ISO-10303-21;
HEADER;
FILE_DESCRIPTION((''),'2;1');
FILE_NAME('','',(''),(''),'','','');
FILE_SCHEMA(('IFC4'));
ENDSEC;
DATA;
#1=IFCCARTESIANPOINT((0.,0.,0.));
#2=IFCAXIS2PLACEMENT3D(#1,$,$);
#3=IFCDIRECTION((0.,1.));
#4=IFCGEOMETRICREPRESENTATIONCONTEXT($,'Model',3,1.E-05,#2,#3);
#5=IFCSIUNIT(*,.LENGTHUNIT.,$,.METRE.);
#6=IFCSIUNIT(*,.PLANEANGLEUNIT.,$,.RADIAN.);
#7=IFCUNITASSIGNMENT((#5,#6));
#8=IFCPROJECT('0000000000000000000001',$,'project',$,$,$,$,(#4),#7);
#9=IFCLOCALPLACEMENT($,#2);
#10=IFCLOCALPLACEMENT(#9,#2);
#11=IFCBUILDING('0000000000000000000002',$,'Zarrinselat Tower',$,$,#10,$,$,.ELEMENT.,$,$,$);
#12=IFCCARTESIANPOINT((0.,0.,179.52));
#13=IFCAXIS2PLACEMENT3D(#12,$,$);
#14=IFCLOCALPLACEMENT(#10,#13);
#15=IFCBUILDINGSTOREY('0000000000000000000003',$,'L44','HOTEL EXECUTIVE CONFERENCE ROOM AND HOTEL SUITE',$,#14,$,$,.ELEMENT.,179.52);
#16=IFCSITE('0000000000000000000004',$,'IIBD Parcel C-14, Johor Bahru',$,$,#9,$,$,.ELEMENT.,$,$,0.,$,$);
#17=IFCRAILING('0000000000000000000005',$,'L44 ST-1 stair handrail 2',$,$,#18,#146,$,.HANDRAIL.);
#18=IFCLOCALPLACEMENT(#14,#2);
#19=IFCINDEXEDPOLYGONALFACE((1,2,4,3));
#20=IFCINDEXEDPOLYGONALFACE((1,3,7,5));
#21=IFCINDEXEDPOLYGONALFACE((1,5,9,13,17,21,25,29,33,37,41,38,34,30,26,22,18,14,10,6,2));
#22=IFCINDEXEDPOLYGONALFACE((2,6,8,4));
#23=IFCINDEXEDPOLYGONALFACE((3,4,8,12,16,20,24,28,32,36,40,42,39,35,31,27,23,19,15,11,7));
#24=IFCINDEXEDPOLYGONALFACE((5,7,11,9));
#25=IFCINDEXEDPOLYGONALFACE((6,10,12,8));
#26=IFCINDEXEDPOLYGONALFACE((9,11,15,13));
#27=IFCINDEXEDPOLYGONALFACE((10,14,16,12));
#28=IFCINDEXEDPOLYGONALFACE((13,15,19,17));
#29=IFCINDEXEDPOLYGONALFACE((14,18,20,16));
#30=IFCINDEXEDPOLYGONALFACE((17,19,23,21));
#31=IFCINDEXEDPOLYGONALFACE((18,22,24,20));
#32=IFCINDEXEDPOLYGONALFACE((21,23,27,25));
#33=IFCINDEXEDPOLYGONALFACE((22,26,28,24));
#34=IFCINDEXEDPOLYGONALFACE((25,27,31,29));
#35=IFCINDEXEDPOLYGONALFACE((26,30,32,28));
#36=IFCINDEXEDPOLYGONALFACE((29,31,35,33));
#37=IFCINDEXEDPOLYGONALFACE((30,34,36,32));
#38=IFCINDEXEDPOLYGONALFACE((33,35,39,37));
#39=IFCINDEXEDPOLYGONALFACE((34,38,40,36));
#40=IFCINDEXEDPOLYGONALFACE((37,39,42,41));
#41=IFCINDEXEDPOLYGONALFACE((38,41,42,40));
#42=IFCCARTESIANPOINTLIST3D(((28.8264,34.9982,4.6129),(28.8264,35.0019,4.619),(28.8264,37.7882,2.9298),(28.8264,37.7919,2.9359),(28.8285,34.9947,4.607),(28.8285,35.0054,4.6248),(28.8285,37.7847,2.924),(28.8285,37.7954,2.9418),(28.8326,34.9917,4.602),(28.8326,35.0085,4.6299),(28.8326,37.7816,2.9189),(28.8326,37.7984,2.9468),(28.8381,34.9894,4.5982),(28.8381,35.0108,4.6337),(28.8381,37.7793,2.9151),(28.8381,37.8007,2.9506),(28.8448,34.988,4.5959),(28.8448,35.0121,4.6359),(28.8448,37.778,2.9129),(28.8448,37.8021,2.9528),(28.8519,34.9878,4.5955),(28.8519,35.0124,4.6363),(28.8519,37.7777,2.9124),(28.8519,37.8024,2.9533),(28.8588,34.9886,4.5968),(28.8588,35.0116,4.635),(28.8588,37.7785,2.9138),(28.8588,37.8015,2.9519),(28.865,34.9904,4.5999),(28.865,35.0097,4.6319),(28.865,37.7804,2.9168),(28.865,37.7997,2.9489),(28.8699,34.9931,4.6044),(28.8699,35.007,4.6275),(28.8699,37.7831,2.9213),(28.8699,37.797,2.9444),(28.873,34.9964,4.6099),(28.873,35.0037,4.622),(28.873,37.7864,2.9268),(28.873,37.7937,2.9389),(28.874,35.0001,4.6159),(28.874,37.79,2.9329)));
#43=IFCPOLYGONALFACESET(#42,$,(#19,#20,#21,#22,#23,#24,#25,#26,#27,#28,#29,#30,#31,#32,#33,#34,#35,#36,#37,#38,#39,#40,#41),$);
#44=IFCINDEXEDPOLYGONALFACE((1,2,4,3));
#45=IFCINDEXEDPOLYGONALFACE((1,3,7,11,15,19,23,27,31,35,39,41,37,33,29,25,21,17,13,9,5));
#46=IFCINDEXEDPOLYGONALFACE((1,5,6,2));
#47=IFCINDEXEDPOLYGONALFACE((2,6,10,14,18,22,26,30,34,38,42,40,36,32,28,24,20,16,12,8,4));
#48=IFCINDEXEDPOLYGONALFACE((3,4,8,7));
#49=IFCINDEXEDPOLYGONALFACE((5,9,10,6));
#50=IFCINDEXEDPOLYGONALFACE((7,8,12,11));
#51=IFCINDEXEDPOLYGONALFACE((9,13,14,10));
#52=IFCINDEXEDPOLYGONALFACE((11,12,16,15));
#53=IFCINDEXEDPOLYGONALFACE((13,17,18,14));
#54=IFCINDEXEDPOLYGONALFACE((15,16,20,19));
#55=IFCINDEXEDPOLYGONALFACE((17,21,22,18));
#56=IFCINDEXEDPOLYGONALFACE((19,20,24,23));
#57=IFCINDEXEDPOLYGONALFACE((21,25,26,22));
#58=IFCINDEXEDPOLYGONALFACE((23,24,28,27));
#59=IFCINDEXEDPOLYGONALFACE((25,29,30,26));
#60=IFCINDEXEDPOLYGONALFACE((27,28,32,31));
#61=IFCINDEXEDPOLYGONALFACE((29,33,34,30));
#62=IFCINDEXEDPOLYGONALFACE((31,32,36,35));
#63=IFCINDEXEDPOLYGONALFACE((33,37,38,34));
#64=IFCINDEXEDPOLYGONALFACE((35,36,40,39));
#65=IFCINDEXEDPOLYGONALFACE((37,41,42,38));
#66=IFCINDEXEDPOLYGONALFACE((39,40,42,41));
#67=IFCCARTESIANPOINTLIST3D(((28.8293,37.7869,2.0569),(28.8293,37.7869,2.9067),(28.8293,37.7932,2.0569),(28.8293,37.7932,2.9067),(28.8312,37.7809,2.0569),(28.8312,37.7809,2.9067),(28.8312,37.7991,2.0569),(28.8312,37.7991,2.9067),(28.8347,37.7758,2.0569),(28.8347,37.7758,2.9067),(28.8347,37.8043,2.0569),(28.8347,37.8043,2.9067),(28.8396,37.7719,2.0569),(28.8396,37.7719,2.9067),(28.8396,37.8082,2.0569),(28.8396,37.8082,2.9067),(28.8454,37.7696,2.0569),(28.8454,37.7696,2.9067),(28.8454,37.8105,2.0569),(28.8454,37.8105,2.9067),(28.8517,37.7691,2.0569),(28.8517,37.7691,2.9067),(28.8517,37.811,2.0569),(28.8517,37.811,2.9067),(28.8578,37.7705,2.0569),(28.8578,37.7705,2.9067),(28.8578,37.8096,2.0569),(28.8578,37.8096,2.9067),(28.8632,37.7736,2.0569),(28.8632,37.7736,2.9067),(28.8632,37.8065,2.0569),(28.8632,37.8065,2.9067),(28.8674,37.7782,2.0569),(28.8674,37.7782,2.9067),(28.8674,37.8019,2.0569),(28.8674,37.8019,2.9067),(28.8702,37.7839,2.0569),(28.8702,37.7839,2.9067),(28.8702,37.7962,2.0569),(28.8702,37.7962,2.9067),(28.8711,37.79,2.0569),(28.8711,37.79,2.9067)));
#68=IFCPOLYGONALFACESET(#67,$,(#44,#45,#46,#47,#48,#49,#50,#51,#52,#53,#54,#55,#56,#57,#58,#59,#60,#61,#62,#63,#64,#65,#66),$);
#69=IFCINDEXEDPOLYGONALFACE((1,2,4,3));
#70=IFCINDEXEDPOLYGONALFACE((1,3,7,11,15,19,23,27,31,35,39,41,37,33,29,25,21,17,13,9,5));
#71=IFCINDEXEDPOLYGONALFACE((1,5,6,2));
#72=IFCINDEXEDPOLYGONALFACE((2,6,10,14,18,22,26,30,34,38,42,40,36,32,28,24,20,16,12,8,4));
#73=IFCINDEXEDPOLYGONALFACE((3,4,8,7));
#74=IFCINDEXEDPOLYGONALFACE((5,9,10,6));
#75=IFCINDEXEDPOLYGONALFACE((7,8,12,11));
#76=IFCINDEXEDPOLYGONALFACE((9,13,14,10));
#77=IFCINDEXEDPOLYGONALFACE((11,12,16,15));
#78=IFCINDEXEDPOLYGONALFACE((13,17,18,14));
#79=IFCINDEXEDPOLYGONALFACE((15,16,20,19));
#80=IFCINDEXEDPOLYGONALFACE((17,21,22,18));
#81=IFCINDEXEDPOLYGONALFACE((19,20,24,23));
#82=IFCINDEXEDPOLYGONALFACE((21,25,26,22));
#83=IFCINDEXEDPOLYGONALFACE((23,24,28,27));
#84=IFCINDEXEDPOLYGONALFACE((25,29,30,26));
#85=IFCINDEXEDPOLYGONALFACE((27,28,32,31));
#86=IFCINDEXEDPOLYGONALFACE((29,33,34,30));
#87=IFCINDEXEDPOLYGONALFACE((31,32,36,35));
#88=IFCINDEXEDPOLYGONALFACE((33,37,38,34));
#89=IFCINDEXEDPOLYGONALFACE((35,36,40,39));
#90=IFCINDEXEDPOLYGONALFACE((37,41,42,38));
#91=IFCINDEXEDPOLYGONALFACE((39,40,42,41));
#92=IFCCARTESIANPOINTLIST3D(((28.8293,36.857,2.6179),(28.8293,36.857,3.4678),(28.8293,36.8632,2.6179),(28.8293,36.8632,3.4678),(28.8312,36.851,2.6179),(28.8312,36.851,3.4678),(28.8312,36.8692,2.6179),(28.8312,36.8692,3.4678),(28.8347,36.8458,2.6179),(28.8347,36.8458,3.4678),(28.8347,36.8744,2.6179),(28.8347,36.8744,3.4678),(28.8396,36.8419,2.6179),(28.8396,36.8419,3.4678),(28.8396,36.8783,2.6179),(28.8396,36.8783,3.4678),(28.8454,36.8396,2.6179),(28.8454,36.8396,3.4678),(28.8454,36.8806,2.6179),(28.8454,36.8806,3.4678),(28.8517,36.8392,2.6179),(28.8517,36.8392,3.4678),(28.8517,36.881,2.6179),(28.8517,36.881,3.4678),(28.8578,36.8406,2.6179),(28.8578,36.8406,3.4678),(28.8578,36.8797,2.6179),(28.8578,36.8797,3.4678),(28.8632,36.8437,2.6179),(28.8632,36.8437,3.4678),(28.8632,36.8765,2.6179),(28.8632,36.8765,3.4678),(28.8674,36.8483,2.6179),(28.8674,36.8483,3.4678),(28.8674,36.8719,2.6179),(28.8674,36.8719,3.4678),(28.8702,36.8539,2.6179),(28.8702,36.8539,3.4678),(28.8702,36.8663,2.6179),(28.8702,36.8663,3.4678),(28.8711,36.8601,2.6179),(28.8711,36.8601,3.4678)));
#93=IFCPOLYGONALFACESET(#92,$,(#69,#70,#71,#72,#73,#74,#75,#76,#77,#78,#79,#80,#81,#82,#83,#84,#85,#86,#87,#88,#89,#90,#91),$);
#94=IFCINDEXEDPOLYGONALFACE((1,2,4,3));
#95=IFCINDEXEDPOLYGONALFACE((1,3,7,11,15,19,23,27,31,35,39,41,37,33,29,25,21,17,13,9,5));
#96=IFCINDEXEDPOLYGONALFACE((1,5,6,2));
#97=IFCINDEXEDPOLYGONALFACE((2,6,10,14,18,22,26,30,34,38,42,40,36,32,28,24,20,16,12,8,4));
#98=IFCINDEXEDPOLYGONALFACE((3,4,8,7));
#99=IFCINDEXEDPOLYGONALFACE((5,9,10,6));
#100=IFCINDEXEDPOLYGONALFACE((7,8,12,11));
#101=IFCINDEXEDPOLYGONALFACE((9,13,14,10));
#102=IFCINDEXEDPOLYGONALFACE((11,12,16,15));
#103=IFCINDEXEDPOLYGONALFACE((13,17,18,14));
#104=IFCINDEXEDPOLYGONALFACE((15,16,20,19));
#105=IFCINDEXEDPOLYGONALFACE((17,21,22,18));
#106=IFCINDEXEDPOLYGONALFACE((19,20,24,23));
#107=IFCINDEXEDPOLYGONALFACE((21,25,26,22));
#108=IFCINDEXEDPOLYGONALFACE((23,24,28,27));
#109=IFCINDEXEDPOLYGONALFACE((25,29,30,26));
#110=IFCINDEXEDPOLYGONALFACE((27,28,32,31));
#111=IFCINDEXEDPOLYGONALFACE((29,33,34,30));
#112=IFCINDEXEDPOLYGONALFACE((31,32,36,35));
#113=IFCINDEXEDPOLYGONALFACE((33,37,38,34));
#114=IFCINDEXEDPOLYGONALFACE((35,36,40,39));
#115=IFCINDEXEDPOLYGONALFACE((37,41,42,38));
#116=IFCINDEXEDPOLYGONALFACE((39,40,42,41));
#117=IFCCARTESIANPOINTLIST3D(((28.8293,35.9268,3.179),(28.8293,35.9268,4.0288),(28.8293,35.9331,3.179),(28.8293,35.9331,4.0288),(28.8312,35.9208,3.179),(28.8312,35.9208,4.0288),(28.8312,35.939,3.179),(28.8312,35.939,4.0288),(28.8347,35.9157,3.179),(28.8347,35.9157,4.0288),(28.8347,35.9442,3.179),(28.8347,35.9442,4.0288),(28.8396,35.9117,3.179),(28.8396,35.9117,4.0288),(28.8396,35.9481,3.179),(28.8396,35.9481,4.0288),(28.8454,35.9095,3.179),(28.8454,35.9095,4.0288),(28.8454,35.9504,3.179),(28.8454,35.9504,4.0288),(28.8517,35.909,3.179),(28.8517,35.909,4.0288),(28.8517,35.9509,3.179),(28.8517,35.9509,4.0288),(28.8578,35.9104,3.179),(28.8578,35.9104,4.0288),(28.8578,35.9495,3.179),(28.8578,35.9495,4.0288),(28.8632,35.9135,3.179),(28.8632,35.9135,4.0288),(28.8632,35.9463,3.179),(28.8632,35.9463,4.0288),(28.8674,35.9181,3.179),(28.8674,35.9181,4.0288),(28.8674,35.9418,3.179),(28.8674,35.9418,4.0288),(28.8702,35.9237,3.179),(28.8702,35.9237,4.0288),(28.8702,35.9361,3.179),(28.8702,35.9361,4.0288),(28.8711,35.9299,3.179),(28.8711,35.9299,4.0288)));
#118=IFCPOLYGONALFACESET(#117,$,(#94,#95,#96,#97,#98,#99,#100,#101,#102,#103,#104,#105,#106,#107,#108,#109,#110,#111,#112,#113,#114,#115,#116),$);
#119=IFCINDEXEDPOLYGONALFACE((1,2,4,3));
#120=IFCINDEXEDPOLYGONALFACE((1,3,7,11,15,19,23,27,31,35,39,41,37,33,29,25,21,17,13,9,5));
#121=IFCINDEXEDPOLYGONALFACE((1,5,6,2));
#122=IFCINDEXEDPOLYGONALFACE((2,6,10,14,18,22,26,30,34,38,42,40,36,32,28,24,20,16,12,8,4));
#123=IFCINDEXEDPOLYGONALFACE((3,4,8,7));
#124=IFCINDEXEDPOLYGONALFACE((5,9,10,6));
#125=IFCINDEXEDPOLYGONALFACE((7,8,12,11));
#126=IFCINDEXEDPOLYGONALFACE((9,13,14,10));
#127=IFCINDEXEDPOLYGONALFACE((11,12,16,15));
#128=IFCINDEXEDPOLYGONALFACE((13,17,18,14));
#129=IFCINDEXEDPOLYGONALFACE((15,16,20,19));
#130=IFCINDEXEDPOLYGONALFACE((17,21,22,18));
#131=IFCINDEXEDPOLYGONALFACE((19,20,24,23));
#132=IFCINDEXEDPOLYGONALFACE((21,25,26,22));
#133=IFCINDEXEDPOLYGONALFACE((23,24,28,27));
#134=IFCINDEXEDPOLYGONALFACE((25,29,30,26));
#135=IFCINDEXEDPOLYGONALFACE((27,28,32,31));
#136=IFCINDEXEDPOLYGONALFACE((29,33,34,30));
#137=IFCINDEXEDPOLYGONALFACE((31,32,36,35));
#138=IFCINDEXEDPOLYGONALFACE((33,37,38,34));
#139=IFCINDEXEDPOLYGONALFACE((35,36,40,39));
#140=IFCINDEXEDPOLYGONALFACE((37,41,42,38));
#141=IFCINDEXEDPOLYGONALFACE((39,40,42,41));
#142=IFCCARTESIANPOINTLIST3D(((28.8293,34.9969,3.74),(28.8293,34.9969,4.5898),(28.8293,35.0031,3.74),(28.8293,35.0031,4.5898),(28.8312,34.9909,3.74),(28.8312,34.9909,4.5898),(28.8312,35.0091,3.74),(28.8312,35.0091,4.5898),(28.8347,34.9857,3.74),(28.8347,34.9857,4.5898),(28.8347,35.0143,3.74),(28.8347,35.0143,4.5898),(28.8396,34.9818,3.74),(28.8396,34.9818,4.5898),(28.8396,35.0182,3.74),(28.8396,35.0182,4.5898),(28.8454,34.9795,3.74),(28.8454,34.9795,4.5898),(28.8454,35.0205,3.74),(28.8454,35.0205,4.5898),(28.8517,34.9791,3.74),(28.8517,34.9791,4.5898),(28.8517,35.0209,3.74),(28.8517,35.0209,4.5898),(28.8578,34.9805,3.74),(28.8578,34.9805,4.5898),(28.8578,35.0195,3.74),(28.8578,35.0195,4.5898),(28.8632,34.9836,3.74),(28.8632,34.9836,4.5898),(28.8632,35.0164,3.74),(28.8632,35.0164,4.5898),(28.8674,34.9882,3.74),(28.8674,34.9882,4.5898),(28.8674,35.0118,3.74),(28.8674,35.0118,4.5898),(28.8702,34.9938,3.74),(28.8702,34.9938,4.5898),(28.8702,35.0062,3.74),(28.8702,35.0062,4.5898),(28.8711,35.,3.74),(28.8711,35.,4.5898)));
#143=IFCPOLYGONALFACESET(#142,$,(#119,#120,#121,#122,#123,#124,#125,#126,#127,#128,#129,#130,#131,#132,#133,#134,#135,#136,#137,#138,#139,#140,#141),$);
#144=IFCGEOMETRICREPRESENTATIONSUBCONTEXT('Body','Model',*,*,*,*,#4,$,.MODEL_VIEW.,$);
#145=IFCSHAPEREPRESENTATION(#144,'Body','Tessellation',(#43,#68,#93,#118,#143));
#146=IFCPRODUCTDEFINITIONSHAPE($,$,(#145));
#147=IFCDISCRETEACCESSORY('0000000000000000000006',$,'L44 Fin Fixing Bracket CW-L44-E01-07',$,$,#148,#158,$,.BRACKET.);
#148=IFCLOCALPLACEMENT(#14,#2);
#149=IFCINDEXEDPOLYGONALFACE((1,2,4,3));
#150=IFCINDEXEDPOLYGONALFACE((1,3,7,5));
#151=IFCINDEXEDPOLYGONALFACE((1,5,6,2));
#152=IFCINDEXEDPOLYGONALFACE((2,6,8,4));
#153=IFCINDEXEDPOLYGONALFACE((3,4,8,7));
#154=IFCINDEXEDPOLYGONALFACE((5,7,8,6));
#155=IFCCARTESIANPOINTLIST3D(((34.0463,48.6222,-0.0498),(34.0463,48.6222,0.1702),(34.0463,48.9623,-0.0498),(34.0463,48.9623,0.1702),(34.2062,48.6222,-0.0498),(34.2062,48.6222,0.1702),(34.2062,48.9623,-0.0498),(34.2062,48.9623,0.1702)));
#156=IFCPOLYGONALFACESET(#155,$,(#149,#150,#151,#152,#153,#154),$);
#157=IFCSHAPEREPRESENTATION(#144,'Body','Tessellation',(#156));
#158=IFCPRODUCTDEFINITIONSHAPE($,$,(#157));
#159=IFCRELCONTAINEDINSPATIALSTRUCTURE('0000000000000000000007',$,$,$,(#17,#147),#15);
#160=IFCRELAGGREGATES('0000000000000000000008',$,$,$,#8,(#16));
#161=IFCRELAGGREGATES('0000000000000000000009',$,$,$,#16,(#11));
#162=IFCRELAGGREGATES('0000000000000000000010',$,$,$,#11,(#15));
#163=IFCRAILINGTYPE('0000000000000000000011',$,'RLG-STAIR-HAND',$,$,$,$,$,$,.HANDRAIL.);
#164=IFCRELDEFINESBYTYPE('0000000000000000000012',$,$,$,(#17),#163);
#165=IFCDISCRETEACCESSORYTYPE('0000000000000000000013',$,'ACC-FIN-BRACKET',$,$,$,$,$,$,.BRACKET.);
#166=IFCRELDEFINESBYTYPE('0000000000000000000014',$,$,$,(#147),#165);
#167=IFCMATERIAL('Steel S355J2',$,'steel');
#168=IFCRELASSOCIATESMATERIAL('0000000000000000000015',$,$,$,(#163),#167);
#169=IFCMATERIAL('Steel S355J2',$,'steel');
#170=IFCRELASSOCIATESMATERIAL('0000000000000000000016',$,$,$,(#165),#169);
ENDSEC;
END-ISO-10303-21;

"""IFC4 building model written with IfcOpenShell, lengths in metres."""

from ifc_helpers import new_model, si_unit, direction, frame, origin, origin_2d, place, context, subcontext, project, spatial, rectangle, circle, extrude, material, type_object, element, save


model = new_model("IFC4")

# Units and contexts
model_context = context("Model", 3, precision=1e-05, world=origin(), true_north=direction((0.0, 1.0)))
body_context = subcontext(model_context, "Body", "Model", "MODEL_VIEW")
ifc_project = project(units=[si_unit("LENGTHUNIT", "METRE"), si_unit("PLANEANGLEUNIT", "RADIAN")], contexts=[model_context])

# Site, building, storey
site_placement = place(None, origin())
site = spatial("IfcSite", under=ifc_project, at=site_placement, Name="IIBD Parcel C-14, Johor Bahru", CompositionType="ELEMENT", RefElevation=0.0)
building_placement = place(site_placement, origin())
building = spatial("IfcBuilding", under=site, at=building_placement, Name="Zarrinselat Tower", CompositionType="ELEMENT")
storey_placement = place(building_placement, frame((0.0, 0.0, 179.52)))
storey = spatial("IfcBuildingStorey", under=building, at=storey_placement, Name="L44", Description="HOTEL EXECUTIVE CONFERENCE ROOM AND HOTEL SUITE", CompositionType="ELEMENT", Elevation=179.52)

# Railing
ifc_material_1 = material(Name="Steel S355J2", Category="steel")
railing_type_1 = type_object("IfcRailingType", Name="RLG-STAIR-HAND", PredefinedType="HANDRAIL", material=ifc_material_1)
railing_1_placement = place(storey_placement, frame((28.8501, 37.79, 2.0569)))
element("IfcRailing", 1, at=railing_1_placement, inside=storey, type_object=railing_type_1, Name="L44 ST-1 stair handrail 2", PredefinedType="HANDRAIL", context=body_context, shape_type="SweptSolid", body=[
    extrude(circle(Radius=0.0239, at=origin_2d()), frame((0.0, 0.0, 0.876), z_axis=(0.0, -0.856261, 0.516544), x_axis=(1.0, 0.0, 0.0)), (0.0, 0.0, 1.0), 3.2583),
    extrude(circle(Radius=0.021, at=origin_2d()), origin(), (0.0, 0.0, 1.0), 0.8499),
    extrude(circle(Radius=0.021, at=origin_2d()), frame((0.0, -0.9299, 0.561)), (0.0, 0.0, 1.0), 0.8499),
    extrude(circle(Radius=0.021, at=origin_2d()), frame((0.0, -1.8601, 1.1221)), (0.0, 0.0, 1.0), 0.8499),
    extrude(circle(Radius=0.021, at=origin_2d()), frame((0.0, -2.79, 1.6831)), (0.0, 0.0, 1.0), 0.8499),
])

# Discrete accessory
ifc_material_2 = material(Name="Steel S355J2", Category="steel")
discrete_accessory_type = type_object("IfcDiscreteAccessoryType", Name="ACC-FIN-BRACKET", PredefinedType="BRACKET", material=ifc_material_2)
discrete_accessory_placement = place(storey_placement, frame((34.1262, 48.7922, -0.0498), z_axis=(0.0, 0.0, 1.0), x_axis=(0.0, 1.0, 0.0)))
element("IfcDiscreteAccessory", 2, at=discrete_accessory_placement, inside=storey, type_object=discrete_accessory_type, Name="L44 Fin Fixing Bracket CW-L44-E01-07", PredefinedType="BRACKET", context=body_context, shape_type="SweptSolid", body=[
    extrude(rectangle(XDim=0.3401, YDim=0.1599, at=origin_2d()), origin(), (0.0, 0.0, 1.0), 0.22),
])

save(model, "model.ifc")
